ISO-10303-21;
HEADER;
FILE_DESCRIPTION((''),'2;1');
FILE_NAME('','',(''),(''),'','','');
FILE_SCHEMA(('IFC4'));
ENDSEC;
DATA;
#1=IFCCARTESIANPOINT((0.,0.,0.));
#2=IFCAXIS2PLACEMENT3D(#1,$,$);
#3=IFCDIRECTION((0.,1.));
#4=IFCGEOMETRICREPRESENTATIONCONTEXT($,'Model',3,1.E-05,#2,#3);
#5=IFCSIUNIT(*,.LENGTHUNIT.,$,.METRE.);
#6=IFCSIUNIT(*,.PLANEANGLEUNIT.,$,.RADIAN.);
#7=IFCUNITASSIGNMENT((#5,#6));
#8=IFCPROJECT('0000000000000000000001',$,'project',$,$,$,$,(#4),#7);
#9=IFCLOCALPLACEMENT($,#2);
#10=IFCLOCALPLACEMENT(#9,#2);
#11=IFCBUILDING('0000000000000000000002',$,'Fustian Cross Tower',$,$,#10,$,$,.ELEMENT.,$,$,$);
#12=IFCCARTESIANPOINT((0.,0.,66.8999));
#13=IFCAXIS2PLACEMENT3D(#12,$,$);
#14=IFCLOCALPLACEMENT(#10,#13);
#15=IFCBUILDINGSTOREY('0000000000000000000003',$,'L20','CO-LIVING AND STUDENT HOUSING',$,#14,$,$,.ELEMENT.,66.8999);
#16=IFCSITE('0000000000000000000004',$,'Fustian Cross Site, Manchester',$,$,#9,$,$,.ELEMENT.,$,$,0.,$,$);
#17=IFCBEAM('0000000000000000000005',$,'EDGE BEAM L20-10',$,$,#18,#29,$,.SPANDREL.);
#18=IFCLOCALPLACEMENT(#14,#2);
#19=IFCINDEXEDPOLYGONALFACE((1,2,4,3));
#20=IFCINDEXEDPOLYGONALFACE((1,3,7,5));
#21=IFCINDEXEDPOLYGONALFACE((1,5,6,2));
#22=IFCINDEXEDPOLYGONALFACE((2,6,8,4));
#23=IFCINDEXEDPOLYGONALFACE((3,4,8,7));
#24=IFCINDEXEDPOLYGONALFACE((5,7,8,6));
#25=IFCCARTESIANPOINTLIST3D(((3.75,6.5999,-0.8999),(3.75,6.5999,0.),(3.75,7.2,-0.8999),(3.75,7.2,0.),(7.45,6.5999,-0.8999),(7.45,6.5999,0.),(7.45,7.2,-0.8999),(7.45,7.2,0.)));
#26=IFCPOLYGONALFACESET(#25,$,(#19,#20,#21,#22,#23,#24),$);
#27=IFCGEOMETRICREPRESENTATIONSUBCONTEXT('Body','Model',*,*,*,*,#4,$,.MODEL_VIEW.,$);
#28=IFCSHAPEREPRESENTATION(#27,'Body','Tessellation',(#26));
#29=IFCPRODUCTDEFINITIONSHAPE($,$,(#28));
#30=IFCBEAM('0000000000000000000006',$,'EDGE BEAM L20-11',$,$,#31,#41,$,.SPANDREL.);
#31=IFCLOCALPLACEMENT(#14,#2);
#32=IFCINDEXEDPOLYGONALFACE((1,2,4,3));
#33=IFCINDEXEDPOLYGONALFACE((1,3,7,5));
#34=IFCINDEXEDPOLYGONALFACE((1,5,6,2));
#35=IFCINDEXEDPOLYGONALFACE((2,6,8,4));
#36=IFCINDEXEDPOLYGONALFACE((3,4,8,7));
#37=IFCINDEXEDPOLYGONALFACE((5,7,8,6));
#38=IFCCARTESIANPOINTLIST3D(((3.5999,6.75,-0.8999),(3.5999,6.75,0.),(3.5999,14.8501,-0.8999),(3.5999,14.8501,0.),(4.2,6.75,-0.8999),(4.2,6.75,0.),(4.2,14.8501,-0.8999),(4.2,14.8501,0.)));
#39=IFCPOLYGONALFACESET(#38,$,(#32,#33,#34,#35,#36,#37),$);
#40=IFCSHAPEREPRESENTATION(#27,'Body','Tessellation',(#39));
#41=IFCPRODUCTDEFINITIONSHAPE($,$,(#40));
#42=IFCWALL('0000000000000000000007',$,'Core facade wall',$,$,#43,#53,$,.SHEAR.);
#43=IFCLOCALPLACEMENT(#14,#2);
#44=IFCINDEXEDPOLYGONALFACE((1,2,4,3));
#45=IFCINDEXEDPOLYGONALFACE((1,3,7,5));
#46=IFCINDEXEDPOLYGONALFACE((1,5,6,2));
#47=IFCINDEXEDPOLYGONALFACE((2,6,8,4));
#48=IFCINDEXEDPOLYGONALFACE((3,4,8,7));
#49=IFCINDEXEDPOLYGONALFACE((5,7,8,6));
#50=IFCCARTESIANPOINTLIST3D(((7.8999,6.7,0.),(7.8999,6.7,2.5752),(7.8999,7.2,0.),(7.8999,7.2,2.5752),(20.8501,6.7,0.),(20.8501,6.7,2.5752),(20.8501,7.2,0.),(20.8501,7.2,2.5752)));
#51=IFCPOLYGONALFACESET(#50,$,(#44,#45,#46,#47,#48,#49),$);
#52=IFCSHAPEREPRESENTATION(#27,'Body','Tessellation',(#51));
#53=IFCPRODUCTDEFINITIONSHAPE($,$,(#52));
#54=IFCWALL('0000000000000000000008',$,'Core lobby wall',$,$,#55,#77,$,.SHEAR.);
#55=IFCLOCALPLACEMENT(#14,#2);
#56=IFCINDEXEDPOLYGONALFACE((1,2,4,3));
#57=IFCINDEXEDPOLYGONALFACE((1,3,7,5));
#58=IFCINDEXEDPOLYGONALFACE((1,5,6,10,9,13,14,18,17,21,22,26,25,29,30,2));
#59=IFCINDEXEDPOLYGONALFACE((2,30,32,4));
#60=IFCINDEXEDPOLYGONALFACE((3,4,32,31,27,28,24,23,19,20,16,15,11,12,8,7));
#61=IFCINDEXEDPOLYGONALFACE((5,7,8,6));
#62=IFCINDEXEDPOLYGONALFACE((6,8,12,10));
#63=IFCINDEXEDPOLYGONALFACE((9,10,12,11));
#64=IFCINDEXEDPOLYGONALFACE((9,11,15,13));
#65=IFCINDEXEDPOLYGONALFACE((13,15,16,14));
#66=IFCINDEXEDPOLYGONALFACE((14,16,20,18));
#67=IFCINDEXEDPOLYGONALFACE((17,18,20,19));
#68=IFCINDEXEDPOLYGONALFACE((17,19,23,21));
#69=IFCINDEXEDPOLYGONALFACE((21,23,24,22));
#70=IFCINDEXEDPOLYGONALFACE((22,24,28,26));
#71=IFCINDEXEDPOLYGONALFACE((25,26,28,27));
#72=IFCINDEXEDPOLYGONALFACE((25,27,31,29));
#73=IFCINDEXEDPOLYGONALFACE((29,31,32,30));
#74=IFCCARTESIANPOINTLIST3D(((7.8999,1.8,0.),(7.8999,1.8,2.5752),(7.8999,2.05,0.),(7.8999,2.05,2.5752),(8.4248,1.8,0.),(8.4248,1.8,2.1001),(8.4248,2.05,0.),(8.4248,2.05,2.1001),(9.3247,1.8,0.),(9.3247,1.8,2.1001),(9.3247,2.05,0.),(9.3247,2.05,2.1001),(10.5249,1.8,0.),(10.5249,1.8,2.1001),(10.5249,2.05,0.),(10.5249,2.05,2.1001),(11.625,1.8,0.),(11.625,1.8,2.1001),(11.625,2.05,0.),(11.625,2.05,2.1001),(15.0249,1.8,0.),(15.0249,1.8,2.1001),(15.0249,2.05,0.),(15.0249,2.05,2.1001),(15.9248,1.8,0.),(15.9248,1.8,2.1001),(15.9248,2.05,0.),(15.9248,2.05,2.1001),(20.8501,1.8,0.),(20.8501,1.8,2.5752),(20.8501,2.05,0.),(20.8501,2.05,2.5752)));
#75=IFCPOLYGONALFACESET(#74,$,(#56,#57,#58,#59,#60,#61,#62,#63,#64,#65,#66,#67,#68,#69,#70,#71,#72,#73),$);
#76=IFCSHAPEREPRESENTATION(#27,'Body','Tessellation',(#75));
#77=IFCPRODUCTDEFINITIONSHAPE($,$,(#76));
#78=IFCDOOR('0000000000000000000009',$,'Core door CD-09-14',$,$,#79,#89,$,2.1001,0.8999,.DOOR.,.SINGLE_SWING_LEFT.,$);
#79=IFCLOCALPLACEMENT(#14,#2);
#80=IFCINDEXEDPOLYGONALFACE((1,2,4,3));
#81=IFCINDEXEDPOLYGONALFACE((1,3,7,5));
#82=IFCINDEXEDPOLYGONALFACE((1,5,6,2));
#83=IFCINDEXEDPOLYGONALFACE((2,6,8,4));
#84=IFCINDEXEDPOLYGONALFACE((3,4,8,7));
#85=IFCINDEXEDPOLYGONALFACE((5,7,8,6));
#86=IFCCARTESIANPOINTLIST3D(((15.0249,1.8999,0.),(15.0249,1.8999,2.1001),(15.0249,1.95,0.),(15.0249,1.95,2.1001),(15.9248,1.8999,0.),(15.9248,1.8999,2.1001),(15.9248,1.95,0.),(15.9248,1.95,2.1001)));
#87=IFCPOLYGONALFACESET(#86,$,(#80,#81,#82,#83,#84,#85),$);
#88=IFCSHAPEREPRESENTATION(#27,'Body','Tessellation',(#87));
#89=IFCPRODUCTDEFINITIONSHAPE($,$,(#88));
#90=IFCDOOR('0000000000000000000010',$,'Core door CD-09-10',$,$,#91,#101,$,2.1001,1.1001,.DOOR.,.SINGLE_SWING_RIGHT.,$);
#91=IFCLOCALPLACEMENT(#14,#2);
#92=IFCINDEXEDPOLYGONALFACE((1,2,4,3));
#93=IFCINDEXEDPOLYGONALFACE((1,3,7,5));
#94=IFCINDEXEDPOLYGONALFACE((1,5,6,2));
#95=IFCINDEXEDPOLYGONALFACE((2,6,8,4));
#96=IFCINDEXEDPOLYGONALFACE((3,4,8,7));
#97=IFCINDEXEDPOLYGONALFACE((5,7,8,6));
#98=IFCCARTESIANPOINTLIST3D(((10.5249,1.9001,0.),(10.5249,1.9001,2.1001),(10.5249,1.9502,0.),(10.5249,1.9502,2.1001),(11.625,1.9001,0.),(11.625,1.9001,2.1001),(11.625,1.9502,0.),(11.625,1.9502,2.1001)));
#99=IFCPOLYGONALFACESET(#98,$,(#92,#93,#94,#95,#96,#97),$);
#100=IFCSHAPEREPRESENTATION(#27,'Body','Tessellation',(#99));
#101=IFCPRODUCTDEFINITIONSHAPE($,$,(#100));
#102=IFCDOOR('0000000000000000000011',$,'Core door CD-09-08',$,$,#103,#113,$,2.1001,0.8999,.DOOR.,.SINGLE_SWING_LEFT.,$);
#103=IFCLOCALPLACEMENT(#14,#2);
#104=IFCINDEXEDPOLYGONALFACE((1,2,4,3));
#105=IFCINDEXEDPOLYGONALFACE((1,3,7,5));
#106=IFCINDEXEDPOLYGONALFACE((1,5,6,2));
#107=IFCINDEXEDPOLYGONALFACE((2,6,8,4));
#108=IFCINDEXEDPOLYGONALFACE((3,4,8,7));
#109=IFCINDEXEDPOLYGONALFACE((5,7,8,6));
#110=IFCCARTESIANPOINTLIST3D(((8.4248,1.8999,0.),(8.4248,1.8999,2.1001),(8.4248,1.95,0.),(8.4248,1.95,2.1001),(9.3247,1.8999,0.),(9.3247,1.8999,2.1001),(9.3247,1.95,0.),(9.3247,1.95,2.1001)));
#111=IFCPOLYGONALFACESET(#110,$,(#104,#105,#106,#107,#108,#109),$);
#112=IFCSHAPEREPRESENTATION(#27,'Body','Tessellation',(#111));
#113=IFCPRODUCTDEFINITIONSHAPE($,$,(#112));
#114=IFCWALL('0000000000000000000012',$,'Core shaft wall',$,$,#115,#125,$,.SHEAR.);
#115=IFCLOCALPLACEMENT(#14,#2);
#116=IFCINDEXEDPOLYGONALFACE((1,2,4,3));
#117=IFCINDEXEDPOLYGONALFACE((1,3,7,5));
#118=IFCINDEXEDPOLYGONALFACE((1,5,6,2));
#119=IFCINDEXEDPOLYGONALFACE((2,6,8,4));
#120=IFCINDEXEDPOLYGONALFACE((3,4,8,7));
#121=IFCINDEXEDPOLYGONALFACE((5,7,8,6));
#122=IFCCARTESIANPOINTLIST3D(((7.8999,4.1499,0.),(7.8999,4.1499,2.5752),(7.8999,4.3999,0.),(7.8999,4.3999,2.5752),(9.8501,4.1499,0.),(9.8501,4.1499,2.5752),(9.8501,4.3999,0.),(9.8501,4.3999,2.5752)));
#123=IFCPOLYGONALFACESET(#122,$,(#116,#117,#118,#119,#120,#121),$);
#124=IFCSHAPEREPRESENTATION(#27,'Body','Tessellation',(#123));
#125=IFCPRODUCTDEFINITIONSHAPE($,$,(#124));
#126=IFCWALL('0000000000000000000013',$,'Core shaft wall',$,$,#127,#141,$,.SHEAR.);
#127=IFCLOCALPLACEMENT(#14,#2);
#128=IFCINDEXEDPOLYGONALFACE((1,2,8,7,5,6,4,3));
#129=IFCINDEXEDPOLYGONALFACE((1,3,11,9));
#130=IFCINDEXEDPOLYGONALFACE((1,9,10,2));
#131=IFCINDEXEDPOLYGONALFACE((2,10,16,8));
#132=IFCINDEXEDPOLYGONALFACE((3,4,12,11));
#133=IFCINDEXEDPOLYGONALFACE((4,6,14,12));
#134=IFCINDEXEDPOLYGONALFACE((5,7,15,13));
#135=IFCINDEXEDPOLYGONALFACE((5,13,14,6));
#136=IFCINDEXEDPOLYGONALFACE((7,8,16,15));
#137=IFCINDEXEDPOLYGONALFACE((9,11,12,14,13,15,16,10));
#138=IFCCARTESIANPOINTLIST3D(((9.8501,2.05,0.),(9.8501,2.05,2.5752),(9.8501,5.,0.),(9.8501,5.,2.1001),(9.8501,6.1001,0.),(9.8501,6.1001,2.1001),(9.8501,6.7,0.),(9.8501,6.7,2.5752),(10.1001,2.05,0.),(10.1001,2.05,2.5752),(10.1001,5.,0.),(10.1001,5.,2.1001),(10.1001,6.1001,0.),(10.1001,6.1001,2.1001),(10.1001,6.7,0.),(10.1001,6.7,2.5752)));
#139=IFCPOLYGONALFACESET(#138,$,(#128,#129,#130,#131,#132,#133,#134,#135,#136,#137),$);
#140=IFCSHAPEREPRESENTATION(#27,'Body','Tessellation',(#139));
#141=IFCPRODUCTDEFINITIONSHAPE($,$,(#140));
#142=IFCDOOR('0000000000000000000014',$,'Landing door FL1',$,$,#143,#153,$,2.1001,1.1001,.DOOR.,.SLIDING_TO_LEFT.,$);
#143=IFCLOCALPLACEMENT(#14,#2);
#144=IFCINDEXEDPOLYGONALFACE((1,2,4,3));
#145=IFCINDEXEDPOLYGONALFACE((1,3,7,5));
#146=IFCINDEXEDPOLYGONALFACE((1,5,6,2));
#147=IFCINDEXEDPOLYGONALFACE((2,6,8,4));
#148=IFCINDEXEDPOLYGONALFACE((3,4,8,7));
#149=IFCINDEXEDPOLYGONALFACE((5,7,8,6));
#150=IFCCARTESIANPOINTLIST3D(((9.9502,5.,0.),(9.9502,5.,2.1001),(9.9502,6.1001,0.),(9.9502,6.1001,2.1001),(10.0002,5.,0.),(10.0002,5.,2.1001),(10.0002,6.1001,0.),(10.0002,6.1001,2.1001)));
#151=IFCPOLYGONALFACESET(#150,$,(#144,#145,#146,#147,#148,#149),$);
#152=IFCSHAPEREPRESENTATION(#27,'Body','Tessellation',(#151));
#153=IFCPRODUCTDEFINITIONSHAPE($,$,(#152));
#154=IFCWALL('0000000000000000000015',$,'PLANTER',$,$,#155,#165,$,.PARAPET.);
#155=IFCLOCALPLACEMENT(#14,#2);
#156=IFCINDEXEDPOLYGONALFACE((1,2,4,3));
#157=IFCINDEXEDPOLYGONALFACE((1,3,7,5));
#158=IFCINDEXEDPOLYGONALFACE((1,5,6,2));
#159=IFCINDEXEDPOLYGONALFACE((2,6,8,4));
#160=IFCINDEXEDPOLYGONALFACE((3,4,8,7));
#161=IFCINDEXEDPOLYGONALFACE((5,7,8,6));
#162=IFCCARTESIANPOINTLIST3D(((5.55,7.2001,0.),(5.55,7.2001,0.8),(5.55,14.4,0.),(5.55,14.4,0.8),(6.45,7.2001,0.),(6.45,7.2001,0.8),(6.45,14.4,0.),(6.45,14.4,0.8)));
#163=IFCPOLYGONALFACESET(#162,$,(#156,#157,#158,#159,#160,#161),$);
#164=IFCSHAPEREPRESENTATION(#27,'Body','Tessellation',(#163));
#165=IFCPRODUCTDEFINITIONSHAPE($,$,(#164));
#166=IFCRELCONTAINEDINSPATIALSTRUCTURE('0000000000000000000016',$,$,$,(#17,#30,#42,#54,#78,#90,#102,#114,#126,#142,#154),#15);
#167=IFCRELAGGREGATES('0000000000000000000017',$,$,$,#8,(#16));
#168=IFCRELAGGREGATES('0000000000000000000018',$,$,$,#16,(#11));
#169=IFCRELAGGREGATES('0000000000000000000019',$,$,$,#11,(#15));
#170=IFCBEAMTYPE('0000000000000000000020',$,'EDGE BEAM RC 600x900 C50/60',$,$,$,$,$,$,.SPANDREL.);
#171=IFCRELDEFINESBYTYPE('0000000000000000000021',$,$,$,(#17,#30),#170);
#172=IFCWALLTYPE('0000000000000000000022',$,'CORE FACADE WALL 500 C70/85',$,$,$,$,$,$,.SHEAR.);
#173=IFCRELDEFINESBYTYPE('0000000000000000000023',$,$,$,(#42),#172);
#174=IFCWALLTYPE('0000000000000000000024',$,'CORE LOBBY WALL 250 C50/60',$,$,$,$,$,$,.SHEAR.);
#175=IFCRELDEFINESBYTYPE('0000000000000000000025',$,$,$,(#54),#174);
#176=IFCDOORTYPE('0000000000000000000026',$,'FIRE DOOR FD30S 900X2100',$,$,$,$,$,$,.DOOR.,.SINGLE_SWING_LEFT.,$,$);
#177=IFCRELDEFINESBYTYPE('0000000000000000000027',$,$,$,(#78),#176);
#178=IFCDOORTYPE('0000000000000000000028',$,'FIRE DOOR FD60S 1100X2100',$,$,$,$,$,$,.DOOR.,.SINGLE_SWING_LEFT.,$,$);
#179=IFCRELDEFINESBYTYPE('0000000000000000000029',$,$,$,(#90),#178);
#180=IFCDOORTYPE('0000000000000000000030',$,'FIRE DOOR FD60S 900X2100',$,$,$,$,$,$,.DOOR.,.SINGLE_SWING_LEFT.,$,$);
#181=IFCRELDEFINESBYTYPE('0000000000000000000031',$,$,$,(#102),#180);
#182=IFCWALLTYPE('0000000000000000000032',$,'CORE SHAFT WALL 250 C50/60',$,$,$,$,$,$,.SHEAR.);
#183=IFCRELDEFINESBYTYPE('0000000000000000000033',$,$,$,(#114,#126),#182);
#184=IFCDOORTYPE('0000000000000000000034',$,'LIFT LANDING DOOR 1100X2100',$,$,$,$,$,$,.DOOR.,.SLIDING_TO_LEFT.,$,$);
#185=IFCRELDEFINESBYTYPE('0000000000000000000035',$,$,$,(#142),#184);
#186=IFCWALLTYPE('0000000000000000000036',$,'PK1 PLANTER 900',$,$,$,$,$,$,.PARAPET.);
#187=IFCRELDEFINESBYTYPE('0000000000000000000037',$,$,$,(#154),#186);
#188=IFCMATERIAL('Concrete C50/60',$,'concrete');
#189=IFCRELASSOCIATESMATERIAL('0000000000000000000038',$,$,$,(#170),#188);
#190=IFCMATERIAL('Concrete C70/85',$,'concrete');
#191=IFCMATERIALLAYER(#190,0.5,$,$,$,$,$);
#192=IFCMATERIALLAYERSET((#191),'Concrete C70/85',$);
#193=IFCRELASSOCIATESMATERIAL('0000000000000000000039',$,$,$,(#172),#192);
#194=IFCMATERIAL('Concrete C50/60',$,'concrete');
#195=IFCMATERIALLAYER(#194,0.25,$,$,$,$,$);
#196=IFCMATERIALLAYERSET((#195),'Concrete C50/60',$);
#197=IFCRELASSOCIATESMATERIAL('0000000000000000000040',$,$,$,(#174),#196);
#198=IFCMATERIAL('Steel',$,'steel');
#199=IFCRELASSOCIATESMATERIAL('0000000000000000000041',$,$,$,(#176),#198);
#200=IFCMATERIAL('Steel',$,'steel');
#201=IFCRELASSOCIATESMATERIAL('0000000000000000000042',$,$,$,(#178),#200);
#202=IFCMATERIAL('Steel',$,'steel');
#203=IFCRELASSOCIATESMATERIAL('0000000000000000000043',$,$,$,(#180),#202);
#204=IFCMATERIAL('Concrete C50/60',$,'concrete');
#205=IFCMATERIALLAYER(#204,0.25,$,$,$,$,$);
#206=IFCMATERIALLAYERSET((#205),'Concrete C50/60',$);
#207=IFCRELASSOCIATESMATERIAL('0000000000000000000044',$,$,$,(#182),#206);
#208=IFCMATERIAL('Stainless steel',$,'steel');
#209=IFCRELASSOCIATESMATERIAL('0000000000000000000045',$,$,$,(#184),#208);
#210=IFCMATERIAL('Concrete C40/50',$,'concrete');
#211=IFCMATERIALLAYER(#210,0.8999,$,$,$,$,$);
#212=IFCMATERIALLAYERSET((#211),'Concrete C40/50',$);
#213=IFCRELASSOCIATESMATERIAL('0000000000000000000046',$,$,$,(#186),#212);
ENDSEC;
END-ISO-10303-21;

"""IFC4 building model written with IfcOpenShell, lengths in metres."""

from ifc_helpers import new_model, si_unit, direction, frame, frame_2d, origin, origin_2d, place, context, subcontext, project, spatial, rectangle, extrude, material, layer, layer_set, material_profile, profile_set, type_object, element, fill, save


model = new_model("IFC4")

# Units and contexts
model_context = context("Model", 3, precision=1e-05, world=origin(), true_north=direction((0.0, 1.0)))
body_context = subcontext(model_context, "Body", "Model", "MODEL_VIEW")
ifc_project = project(units=[si_unit("LENGTHUNIT", "METRE"), si_unit("PLANEANGLEUNIT", "RADIAN")], contexts=[model_context])

# Site, building, storey
site_placement = place(None, origin())
site = spatial("IfcSite", under=ifc_project, at=site_placement, Name="Fustian Cross Site, Manchester", CompositionType="ELEMENT", RefElevation=0.0)
building_placement = place(site_placement, origin())
building = spatial("IfcBuilding", under=site, at=building_placement, Name="Fustian Cross Tower", CompositionType="ELEMENT")
storey_placement = place(building_placement, frame((0.0, 0.0, 66.8999)))
storey = spatial("IfcBuildingStorey", under=building, at=storey_placement, Name="L20", Description="CO-LIVING AND STUDENT HOUSING", CompositionType="ELEMENT", Elevation=66.8999)

# Beams
ifc_material_1 = material(Name="Concrete C50/60", Category="concrete")
ifc_material_profile = material_profile(ifc_material_1, rectangle(XDim=0.6001, YDim=0.8999, at=origin_2d()), Name="RC 600x900")
ifc_profile_set = profile_set([ifc_material_profile], Name="Concrete C50/60")
beam_type = type_object("IfcBeamType", Name="EDGE BEAM RC 600x900 C50/60", PredefinedType="SPANDREL", material=ifc_profile_set)
beam_1_placement = place(storey_placement, frame((7.45, 6.8999, -0.45), z_axis=(-1.0, 0.0, 0.0), x_axis=(0.0, -1.0, 0.0)))
element("IfcBeam", 1, at=beam_1_placement, inside=storey, type_object=beam_type, Name="EDGE BEAM L20-10", PredefinedType="SPANDREL", context=body_context, shape_type="SweptSolid", body=[
    extrude(rectangle(XDim=0.6001, YDim=0.8999, at=origin_2d()), origin(), (0.0, 0.0, 1.0), 3.7),
])
beam_2_placement = place(storey_placement, frame((3.8999, 6.75, -0.45), z_axis=(0.0, 1.0, 0.0), x_axis=(-1.0, 0.0, 0.0)))
element("IfcBeam", 2, at=beam_2_placement, inside=storey, type_object=beam_type, Name="EDGE BEAM L20-11", PredefinedType="SPANDREL", context=body_context, shape_type="SweptSolid", body=[
    extrude(rectangle(XDim=0.6001, YDim=0.8999, at=origin_2d()), origin(), (0.0, 0.0, 1.0), 8.1001),
])

# Wall
ifc_material_2 = material(Name="Concrete C70/85", Category="concrete")
ifc_layer_1 = layer(ifc_material_2, 0.5)
ifc_layer_set_1 = layer_set([ifc_layer_1], Name="Concrete C70/85")
wall_type_1 = type_object("IfcWallType", Name="CORE FACADE WALL 500 C70/85", PredefinedType="SHEAR", material=ifc_layer_set_1)
wall_1_placement = place(storey_placement, frame((7.8999, 6.95, 0.0), z_axis=(0.0, 0.0, 1.0), x_axis=(1.0, 0.0, 0.0)))
element("IfcWall", 3, at=wall_1_placement, inside=storey, type_object=wall_type_1, Name="Core facade wall", PredefinedType="SHEAR", context=body_context, shape_type="SweptSolid", body=[
    extrude(rectangle(XDim=12.9502, YDim=0.5, at=frame_2d((6.4751, 0.0))), origin(), (0.0, 0.0, 1.0), 2.5752),
])

# Wall, openings, doors
ifc_material_3 = material(Name="Concrete C50/60", Category="concrete")
ifc_layer_2 = layer(ifc_material_3, 0.25)
ifc_layer_set_2 = layer_set([ifc_layer_2], Name="Concrete C50/60")
wall_type_2 = type_object("IfcWallType", Name="CORE LOBBY WALL 250 C50/60", PredefinedType="SHEAR", material=ifc_layer_set_2)
wall_2_placement = place(storey_placement, frame((7.8999, 1.925, 0.0), z_axis=(0.0, 0.0, 1.0), x_axis=(1.0, 0.0, 0.0)))
wall_2 = element("IfcWall", 4, at=wall_2_placement, inside=storey, type_object=wall_type_2, Name="Core lobby wall", PredefinedType="SHEAR", context=body_context, shape_type="SweptSolid", body=[
    extrude(rectangle(XDim=12.9502, YDim=0.25, at=frame_2d((6.4751, 0.0))), origin(), (0.0, 0.0, 1.0), 2.5752),
])
opening_1_placement = place(wall_2_placement, frame((0.5249, 0.0, 0.0)))
opening_1 = element("IfcOpeningElement", 5, at=opening_1_placement, cuts=wall_2, PredefinedType="OPENING", context=body_context, shape_type="SweptSolid", body=[
    extrude(rectangle(XDim=0.8999, YDim=2.1001, at=frame_2d((0.45, 1.05))), frame((0.0, 0.135, 0.0), z_axis=(0.0, -1.0, 0.0), x_axis=(1.0, 0.0, 0.0)), (0.0, 0.0, 1.0), 0.27),
])
opening_2_placement = place(wall_2_placement, frame((2.625, 0.0, 0.0)))
opening_2 = element("IfcOpeningElement", 6, at=opening_2_placement, cuts=wall_2, PredefinedType="OPENING", context=body_context, shape_type="SweptSolid", body=[
    extrude(rectangle(XDim=1.1001, YDim=2.1001, at=frame_2d((0.55, 1.05))), frame((0.0, 0.135, 0.0), z_axis=(0.0, -1.0, 0.0), x_axis=(1.0, 0.0, 0.0)), (0.0, 0.0, 1.0), 0.27),
])
opening_3_placement = place(wall_2_placement, frame((7.125, 0.0, 0.0)))
opening_3 = element("IfcOpeningElement", 7, at=opening_3_placement, cuts=wall_2, PredefinedType="OPENING", context=body_context, shape_type="SweptSolid", body=[
    extrude(rectangle(XDim=0.8999, YDim=2.1001, at=frame_2d((0.45, 1.05))), frame((0.0, 0.135, 0.0), z_axis=(0.0, -1.0, 0.0), x_axis=(1.0, 0.0, 0.0)), (0.0, 0.0, 1.0), 0.27),
])
ifc_material_4 = material(Name="Steel", Category="steel")
door_type_1 = type_object("IfcDoorType", Name="FIRE DOOR FD30S 900X2100", OperationType="SINGLE_SWING_LEFT", PredefinedType="DOOR", material=ifc_material_4)
door_1_placement = place(opening_3_placement, origin())
door_1 = element("IfcDoor", 8, at=door_1_placement, inside=storey, type_object=door_type_1, Name="Core door CD-09-14", OperationType="SINGLE_SWING_LEFT", OverallHeight=2.1001, OverallWidth=0.8999, PredefinedType="DOOR", context=body_context, shape_type="SweptSolid", body=[
    extrude(rectangle(XDim=0.8999, YDim=2.1001, at=frame_2d((0.45, 1.05))), frame((0.0, 0.0249, 0.0), z_axis=(0.0, -1.0, 0.0), x_axis=(1.0, 0.0, 0.0)), (0.0, 0.0, 1.0), 0.05),
])
fill(opening_3, door_1)
ifc_material_5 = material(Name="Steel", Category="steel")
door_type_2 = type_object("IfcDoorType", Name="FIRE DOOR FD60S 1100X2100", OperationType="SINGLE_SWING_LEFT", PredefinedType="DOOR", material=ifc_material_5)
door_2_placement = place(opening_2_placement, frame((1.1001, 0.0, 0.0), z_axis=(0.0, 0.0, 1.0), x_axis=(-1.0, 0.0, 0.0)))
door_2 = element("IfcDoor", 9, at=door_2_placement, inside=storey, type_object=door_type_2, Name="Core door CD-09-10", OperationType="SINGLE_SWING_RIGHT", OverallHeight=2.1001, OverallWidth=1.1001, PredefinedType="DOOR", context=body_context, shape_type="SweptSolid", body=[
    extrude(rectangle(XDim=1.1001, YDim=2.1001, at=frame_2d((0.55, 1.05))), frame((0.0, 0.0249, 0.0), z_axis=(0.0, -1.0, 0.0), x_axis=(1.0, 0.0, 0.0)), (0.0, 0.0, 1.0), 0.05),
])
fill(opening_2, door_2)
ifc_material_6 = material(Name="Steel", Category="steel")
door_type_3 = type_object("IfcDoorType", Name="FIRE DOOR FD60S 900X2100", OperationType="SINGLE_SWING_LEFT", PredefinedType="DOOR", material=ifc_material_6)
door_3_placement = place(opening_1_placement, origin())
door_3 = element("IfcDoor", 10, at=door_3_placement, inside=storey, type_object=door_type_3, Name="Core door CD-09-08", OperationType="SINGLE_SWING_LEFT", OverallHeight=2.1001, OverallWidth=0.8999, PredefinedType="DOOR", context=body_context, shape_type="SweptSolid", body=[
    extrude(rectangle(XDim=0.8999, YDim=2.1001, at=frame_2d((0.45, 1.05))), frame((0.0, 0.0249, 0.0), z_axis=(0.0, -1.0, 0.0), x_axis=(1.0, 0.0, 0.0)), (0.0, 0.0, 1.0), 0.05),
])
fill(opening_1, door_3)

# Wall
ifc_material_7 = material(Name="Concrete C50/60", Category="concrete")
ifc_layer_3 = layer(ifc_material_7, 0.25)
ifc_layer_set_3 = layer_set([ifc_layer_3], Name="Concrete C50/60")
wall_type_3 = type_object("IfcWallType", Name="CORE SHAFT WALL 250 C50/60", PredefinedType="SHEAR", material=ifc_layer_set_3)
wall_3_placement = place(storey_placement, frame((7.8999, 4.2749, 0.0), z_axis=(0.0, 0.0, 1.0), x_axis=(1.0, 0.0, 0.0)))
element("IfcWall", 11, at=wall_3_placement, inside=storey, type_object=wall_type_3, Name="Core shaft wall", PredefinedType="SHEAR", context=body_context, shape_type="SweptSolid", body=[
    extrude(rectangle(XDim=1.9502, YDim=0.25, at=frame_2d((0.9751, 0.0))), origin(), (0.0, 0.0, 1.0), 2.5752),
])

# Wall, opening, door
wall_4_placement = place(storey_placement, frame((9.9751, 2.05, 0.0), z_axis=(0.0, 0.0, 1.0), x_axis=(0.0, 1.0, 0.0)))
wall_4 = element("IfcWall", 12, at=wall_4_placement, inside=storey, type_object=wall_type_3, Name="Core shaft wall", PredefinedType="SHEAR", context=body_context, shape_type="SweptSolid", body=[
    extrude(rectangle(XDim=4.6499, YDim=0.25, at=frame_2d((2.325, 0.0))), origin(), (0.0, 0.0, 1.0), 2.5752),
])
opening_4_placement = place(wall_4_placement, frame((2.95, 0.0, 0.0)))
opening_4 = element("IfcOpeningElement", 13, at=opening_4_placement, cuts=wall_4, PredefinedType="OPENING", context=body_context, shape_type="SweptSolid", body=[
    extrude(rectangle(XDim=1.1001, YDim=2.1001, at=frame_2d((0.55, 1.05))), frame((0.0, 0.135, 0.0), z_axis=(0.0, -1.0, 0.0), x_axis=(1.0, 0.0, 0.0)), (0.0, 0.0, 1.0), 0.27),
])
ifc_material_8 = material(Name="Stainless steel", Category="steel")
door_type_4 = type_object("IfcDoorType", Name="LIFT LANDING DOOR 1100X2100", OperationType="SLIDING_TO_LEFT", PredefinedType="DOOR", material=ifc_material_8)
door_4_placement = place(opening_4_placement, origin())
door_4 = element("IfcDoor", 14, at=door_4_placement, inside=storey, type_object=door_type_4, Name="Landing door FL1", OperationType="SLIDING_TO_LEFT", OverallHeight=2.1001, OverallWidth=1.1001, PredefinedType="DOOR", context=body_context, shape_type="SweptSolid", body=[
    extrude(rectangle(XDim=1.1001, YDim=2.1001, at=frame_2d((0.55, 1.05))), frame((0.0, 0.0249, 0.0), z_axis=(0.0, -1.0, 0.0), x_axis=(1.0, 0.0, 0.0)), (0.0, 0.0, 1.0), 0.05),
])
fill(opening_4, door_4)

# Wall
ifc_material_9 = material(Name="Concrete C40/50", Category="concrete")
ifc_layer_4 = layer(ifc_material_9, 0.8999)
ifc_layer_set_4 = layer_set([ifc_layer_4], Name="Concrete C40/50")
wall_type_4 = type_object("IfcWallType", Name="PK1 PLANTER 900", PredefinedType="PARAPET", material=ifc_layer_set_4)
wall_5_placement = place(storey_placement, frame((6.0, 7.2, 0.0), z_axis=(0.0, 0.0, 1.0), x_axis=(0.0, 1.0, 0.0)))
element("IfcWall", 15, at=wall_5_placement, inside=storey, type_object=wall_type_4, Name="PLANTER", PredefinedType="PARAPET", context=body_context, shape_type="SweptSolid", body=[
    extrude(rectangle(XDim=7.2, YDim=0.8999, at=frame_2d((3.6001, 0.0))), origin(), (0.0, 0.0, 1.0), 0.8),
])

save(model, "model.ifc")
